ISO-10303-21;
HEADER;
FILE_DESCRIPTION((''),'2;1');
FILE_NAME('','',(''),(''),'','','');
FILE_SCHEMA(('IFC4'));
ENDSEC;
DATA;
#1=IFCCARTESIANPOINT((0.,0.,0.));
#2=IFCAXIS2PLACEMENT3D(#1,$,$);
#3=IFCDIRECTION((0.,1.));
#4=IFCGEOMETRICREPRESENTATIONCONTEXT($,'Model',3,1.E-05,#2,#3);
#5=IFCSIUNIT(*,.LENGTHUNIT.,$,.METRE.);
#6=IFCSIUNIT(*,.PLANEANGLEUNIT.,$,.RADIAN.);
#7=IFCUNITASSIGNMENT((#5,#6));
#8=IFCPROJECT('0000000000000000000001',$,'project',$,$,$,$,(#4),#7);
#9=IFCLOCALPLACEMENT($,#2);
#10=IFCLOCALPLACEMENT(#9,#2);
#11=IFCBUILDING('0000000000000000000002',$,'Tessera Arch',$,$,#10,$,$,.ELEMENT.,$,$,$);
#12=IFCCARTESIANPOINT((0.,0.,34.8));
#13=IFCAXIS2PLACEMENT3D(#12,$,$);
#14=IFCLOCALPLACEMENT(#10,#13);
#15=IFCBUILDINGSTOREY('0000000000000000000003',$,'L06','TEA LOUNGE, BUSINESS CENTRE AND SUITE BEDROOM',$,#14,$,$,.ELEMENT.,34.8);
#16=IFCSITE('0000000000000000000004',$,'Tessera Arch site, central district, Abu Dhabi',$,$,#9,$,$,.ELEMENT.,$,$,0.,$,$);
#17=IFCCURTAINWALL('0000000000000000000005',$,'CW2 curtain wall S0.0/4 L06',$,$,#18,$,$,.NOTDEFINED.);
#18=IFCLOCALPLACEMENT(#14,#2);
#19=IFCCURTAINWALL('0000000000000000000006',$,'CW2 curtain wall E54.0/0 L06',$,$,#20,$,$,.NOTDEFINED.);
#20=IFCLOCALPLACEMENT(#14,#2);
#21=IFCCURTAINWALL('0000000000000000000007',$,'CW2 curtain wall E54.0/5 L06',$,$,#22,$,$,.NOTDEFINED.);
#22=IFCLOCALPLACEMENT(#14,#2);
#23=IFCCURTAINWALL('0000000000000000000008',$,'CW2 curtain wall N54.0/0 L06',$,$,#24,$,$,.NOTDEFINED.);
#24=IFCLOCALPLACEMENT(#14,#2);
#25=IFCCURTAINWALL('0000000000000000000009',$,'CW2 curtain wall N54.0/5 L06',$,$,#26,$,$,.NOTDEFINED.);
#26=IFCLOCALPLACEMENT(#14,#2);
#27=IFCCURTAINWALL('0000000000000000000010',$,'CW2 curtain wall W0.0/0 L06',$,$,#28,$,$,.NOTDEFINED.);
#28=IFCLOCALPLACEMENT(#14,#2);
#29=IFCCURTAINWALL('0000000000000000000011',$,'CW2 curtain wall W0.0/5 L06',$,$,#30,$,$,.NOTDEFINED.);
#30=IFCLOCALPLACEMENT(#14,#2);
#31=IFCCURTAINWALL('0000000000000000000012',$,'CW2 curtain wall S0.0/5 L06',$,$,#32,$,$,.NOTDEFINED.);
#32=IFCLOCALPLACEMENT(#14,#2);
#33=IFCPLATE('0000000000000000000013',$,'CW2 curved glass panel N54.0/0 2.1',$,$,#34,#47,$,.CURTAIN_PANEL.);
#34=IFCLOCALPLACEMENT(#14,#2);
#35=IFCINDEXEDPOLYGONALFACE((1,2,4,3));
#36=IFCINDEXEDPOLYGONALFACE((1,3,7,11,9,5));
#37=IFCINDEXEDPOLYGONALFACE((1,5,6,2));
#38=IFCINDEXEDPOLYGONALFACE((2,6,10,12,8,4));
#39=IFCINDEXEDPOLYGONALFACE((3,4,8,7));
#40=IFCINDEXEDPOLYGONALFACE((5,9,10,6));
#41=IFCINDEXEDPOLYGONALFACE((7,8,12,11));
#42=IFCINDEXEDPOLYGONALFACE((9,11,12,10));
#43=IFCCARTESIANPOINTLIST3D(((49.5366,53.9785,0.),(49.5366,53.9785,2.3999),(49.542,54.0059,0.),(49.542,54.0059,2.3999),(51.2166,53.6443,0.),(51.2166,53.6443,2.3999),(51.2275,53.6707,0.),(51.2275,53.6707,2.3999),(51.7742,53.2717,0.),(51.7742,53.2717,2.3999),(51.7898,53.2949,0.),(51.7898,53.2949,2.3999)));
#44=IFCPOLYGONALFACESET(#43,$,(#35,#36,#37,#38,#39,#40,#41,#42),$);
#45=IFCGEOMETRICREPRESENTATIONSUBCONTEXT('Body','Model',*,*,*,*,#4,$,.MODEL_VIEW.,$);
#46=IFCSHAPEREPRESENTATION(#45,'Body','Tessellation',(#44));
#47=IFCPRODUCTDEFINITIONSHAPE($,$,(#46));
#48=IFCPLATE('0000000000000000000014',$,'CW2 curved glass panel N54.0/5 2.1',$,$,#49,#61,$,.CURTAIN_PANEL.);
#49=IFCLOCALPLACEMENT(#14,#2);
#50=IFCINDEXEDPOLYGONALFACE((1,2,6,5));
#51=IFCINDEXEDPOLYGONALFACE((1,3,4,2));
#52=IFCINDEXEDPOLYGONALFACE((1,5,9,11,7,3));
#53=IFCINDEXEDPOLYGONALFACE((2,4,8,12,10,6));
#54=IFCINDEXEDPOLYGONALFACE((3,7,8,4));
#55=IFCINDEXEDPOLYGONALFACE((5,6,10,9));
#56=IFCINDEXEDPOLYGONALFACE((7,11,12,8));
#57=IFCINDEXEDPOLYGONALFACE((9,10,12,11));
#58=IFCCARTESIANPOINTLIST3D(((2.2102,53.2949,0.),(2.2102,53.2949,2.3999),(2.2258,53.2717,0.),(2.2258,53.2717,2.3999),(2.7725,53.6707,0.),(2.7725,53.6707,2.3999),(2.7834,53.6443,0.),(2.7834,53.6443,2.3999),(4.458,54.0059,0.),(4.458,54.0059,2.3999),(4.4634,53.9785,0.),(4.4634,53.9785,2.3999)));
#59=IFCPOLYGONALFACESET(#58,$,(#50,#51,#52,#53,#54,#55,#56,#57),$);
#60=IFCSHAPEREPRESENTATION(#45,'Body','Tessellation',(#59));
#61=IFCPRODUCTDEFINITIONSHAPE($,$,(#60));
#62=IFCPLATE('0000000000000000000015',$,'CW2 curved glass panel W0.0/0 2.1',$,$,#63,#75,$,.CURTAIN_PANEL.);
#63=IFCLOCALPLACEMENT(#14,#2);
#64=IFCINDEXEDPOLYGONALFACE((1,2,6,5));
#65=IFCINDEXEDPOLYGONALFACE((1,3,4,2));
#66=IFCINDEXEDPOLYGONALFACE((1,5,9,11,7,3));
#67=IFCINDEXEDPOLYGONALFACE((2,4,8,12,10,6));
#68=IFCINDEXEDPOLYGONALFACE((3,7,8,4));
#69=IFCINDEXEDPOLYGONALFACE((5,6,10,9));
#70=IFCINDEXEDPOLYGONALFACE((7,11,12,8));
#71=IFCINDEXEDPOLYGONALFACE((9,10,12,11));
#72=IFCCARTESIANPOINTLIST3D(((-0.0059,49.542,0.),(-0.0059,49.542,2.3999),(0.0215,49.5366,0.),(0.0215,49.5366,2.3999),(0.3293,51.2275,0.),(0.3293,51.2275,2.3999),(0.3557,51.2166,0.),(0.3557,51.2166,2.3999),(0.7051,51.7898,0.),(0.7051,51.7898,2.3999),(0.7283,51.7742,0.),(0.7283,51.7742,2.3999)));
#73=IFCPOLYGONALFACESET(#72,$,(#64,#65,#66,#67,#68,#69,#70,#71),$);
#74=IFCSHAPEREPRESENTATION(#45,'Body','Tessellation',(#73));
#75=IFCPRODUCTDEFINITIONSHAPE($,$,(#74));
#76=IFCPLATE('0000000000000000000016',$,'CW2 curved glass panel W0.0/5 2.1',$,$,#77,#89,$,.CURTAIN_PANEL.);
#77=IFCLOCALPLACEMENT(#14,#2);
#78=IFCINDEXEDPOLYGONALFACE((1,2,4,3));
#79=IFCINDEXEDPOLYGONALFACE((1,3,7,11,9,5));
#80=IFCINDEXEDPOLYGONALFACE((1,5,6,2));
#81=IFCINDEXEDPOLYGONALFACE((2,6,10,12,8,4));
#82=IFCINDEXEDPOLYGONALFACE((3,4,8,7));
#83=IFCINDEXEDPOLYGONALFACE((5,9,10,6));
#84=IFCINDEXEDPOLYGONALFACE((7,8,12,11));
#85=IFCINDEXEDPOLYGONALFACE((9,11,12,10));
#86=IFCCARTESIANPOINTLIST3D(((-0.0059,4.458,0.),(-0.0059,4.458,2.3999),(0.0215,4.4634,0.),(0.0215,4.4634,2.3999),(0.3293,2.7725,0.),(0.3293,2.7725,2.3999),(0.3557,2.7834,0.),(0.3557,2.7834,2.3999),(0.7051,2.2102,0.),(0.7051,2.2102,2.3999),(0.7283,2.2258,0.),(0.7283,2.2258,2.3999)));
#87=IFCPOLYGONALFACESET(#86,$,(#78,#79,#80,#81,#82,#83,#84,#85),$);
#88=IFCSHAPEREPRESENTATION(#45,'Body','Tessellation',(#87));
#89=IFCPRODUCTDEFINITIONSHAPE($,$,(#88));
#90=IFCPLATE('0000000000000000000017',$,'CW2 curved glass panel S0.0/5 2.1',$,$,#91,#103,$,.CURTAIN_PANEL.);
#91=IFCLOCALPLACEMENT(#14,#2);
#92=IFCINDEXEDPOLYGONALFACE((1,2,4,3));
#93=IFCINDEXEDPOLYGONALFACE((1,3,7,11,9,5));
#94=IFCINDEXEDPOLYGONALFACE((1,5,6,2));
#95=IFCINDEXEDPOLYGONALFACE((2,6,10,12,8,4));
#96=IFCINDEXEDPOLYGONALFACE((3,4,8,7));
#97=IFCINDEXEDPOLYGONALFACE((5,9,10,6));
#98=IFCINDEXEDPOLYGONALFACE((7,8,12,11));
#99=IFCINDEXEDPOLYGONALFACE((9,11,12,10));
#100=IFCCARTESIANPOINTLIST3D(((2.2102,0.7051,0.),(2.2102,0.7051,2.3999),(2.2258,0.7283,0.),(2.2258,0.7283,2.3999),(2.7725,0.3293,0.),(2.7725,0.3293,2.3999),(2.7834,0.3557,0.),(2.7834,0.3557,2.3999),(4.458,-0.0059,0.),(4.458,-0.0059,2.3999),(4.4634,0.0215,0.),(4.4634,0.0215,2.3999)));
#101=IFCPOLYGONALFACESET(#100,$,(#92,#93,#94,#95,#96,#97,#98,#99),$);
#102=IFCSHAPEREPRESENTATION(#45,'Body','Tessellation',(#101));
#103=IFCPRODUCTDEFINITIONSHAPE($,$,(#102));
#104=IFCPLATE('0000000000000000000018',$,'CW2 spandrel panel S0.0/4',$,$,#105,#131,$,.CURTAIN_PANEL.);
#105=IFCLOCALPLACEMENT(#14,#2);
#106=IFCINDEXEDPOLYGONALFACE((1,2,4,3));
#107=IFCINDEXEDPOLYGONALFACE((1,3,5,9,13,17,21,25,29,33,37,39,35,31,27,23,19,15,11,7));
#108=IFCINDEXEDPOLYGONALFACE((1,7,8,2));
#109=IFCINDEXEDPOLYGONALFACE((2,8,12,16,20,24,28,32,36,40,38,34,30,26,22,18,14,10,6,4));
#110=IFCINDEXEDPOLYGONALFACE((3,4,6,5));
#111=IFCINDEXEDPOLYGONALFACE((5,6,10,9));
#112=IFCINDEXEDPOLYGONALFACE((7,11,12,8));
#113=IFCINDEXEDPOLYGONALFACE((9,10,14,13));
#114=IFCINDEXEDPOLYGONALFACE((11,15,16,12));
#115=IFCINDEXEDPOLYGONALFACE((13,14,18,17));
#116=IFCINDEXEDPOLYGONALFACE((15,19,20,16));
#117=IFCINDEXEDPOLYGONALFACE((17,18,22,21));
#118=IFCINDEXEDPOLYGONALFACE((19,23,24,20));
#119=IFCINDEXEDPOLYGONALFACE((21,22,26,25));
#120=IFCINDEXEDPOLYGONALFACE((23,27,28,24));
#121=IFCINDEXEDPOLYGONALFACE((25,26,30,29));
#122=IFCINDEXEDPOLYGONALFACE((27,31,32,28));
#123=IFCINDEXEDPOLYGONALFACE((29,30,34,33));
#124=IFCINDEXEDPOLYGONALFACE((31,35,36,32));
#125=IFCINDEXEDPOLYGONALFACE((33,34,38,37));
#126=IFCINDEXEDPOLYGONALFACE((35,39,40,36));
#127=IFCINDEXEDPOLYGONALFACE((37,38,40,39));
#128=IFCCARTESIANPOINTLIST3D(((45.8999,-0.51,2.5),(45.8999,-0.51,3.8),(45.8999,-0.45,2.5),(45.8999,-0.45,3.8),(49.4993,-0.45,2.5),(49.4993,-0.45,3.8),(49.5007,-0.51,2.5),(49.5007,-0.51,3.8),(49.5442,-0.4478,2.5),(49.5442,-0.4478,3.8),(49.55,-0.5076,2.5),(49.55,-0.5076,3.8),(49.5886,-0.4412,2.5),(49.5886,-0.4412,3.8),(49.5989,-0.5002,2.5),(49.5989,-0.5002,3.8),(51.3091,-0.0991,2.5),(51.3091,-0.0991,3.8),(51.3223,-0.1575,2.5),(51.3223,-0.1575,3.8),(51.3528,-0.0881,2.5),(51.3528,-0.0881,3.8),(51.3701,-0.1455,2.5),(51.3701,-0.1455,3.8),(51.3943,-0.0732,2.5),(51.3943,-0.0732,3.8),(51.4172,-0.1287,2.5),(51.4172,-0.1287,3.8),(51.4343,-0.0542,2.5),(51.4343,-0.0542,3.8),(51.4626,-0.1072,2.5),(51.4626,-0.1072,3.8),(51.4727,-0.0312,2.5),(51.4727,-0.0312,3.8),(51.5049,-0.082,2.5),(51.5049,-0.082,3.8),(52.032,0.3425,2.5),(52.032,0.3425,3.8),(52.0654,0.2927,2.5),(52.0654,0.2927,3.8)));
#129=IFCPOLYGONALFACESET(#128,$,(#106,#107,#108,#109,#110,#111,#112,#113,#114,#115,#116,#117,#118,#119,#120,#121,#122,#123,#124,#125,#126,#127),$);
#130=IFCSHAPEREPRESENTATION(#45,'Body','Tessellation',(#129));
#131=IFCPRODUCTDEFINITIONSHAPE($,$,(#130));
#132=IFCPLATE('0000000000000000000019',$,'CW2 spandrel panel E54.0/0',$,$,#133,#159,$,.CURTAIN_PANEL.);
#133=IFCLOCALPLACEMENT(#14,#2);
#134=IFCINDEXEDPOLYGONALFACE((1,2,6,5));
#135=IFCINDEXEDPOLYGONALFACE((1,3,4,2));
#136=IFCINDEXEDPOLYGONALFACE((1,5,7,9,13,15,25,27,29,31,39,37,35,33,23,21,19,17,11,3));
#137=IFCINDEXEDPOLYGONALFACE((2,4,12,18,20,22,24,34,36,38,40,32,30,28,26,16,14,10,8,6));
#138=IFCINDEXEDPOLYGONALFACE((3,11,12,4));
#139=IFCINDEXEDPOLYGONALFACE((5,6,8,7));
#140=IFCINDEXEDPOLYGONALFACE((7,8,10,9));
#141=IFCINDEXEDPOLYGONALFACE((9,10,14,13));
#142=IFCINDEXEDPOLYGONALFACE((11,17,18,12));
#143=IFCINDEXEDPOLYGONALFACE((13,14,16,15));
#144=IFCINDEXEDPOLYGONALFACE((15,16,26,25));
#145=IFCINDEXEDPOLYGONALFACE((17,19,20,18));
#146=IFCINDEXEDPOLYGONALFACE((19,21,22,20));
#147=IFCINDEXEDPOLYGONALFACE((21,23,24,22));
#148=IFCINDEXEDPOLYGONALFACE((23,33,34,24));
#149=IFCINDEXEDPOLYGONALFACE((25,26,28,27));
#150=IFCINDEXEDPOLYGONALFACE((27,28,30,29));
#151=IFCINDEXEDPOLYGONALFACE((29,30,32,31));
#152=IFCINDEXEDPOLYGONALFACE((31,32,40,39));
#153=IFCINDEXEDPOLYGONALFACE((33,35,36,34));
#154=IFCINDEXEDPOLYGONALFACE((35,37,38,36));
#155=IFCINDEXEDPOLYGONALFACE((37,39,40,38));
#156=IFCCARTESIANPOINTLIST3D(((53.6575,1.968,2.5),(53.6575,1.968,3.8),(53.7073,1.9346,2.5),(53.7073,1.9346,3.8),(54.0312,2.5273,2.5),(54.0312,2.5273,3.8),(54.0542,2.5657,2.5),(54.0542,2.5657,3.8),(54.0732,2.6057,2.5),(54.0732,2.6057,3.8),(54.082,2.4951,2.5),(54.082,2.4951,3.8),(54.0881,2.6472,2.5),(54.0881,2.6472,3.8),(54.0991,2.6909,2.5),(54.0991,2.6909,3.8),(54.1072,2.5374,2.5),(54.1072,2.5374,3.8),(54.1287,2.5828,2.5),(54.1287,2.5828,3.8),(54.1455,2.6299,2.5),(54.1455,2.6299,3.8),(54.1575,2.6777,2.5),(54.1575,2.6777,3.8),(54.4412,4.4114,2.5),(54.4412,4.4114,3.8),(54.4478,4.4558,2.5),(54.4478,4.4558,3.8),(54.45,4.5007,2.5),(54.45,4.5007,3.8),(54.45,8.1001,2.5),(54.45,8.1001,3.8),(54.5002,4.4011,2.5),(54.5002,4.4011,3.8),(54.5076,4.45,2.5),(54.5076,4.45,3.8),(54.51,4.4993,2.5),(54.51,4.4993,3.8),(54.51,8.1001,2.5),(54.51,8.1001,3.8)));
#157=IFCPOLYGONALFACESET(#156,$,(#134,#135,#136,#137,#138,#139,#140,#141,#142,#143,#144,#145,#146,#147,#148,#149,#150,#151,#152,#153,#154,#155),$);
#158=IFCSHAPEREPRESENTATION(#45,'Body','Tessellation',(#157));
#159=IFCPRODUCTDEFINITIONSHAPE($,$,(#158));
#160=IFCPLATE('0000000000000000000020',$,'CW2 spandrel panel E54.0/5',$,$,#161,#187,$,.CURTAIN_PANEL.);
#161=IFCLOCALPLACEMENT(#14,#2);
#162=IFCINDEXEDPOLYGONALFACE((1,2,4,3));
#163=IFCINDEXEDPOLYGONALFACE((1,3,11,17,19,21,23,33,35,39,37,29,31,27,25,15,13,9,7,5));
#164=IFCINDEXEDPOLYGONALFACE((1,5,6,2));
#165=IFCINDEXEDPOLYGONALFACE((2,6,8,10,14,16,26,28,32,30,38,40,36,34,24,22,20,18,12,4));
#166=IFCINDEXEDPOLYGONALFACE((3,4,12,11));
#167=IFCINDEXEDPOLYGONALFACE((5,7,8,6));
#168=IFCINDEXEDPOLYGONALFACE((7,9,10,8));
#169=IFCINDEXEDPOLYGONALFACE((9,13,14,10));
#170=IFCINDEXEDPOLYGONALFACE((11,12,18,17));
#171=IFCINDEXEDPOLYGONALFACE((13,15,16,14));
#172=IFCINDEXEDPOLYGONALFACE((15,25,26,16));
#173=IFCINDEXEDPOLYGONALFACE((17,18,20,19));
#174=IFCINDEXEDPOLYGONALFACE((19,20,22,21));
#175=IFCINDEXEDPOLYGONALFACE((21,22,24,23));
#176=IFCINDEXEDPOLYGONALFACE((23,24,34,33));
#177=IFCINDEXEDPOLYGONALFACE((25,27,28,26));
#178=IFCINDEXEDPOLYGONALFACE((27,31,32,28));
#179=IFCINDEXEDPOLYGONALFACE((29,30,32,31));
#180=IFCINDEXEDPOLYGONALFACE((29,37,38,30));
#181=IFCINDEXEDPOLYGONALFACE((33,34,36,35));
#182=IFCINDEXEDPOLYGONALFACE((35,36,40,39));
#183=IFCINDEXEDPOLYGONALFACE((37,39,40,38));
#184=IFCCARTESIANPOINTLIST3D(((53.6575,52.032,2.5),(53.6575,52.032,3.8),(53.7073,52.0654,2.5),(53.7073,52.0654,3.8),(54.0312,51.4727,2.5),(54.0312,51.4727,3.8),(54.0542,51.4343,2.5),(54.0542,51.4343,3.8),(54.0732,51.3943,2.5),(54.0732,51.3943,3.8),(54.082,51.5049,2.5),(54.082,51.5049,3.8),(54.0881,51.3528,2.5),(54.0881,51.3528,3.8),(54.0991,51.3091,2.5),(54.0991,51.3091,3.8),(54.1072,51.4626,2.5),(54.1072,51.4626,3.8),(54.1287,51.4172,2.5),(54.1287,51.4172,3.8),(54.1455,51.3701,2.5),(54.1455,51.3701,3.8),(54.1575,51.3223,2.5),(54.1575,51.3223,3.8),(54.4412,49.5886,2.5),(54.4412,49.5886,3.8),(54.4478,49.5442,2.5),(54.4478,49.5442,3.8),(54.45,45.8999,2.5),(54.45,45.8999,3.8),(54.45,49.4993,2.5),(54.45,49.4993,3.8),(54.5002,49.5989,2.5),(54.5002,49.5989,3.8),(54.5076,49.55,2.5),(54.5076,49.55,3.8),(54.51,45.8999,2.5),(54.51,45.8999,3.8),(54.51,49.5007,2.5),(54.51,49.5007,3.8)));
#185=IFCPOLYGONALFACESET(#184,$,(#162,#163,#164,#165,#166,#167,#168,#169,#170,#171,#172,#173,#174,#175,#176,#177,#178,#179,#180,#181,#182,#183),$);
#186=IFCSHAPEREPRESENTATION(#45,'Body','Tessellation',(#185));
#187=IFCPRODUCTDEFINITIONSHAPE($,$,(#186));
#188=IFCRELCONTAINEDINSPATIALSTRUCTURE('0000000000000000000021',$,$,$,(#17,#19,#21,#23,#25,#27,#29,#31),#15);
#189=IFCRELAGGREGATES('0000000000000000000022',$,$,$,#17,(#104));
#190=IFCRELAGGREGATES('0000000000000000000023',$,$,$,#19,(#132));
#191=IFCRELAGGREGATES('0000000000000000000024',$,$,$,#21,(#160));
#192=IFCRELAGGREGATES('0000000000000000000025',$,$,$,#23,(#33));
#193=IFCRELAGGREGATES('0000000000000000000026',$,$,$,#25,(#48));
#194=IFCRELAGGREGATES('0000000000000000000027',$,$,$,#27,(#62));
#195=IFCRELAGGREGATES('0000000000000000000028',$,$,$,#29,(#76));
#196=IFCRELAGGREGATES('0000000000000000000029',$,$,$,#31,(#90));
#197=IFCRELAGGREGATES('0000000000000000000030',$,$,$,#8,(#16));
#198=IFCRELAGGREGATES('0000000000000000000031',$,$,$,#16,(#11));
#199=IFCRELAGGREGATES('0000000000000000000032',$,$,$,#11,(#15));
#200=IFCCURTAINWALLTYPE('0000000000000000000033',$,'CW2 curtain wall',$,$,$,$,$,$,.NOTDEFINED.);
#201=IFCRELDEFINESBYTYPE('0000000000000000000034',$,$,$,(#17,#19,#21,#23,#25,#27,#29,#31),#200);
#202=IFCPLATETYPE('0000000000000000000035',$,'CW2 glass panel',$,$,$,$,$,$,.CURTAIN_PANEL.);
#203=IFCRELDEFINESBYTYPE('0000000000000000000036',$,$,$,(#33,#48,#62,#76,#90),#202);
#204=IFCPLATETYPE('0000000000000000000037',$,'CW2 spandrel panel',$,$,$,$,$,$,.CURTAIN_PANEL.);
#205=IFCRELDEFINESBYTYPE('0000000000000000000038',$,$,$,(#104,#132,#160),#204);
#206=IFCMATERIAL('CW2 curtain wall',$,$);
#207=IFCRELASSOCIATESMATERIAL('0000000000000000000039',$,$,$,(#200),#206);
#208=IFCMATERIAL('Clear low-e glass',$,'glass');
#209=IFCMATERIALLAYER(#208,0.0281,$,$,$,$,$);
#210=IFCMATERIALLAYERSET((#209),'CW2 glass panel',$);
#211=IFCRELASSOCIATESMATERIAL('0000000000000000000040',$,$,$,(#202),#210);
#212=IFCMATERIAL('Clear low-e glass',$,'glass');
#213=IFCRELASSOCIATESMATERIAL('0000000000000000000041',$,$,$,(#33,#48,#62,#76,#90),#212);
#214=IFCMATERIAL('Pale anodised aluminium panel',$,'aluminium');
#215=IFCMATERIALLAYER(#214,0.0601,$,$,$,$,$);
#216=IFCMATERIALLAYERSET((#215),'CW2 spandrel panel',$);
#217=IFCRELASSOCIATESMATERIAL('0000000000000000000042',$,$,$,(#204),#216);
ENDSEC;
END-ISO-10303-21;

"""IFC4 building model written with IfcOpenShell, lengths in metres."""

from ifc_helpers import new_model, si_unit, direction, frame, origin, place, context, subcontext, project, spatial, polyline, outline, extrude, material, layer, layer_set, type_object, element, aggregate, save


model = new_model("IFC4")

# Units and contexts
model_context = context("Model", 3, precision=1e-05, world=origin(), true_north=direction((0.0, 1.0)))
body_context = subcontext(model_context, "Body", "Model", "MODEL_VIEW")
ifc_project = project(units=[si_unit("LENGTHUNIT", "METRE"), si_unit("PLANEANGLEUNIT", "RADIAN")], contexts=[model_context])

# Site, building, storey
site_placement = place(None, origin())
site = spatial("IfcSite", under=ifc_project, at=site_placement, Name="Tessera Arch site, central district, Abu Dhabi", CompositionType="ELEMENT", RefElevation=0.0)
building_placement = place(site_placement, origin())
building = spatial("IfcBuilding", under=site, at=building_placement, Name="Tessera Arch", CompositionType="ELEMENT")
storey_placement = place(building_placement, frame((0.0, 0.0, 34.8)))
storey = spatial("IfcBuildingStorey", under=building, at=storey_placement, Name="L06", Description="TEA LOUNGE, BUSINESS CENTRE AND SUITE BEDROOM", CompositionType="ELEMENT", Elevation=34.8)

# Curtain walls
ifc_material_1 = material(Name="CW2 curtain wall")
curtain_wall_type = type_object("IfcCurtainWallType", Name="CW2 curtain wall", PredefinedType="NOTDEFINED", material=ifc_material_1)
curtain_wall_1_placement = place(storey_placement, origin())
curtain_wall_1 = element("IfcCurtainWall", 1, at=curtain_wall_1_placement, inside=storey, type_object=curtain_wall_type, Name="CW2 curtain wall S0.0/4 L06", PredefinedType="NOTDEFINED")
curtain_wall_2_placement = place(storey_placement, origin())
curtain_wall_2 = element("IfcCurtainWall", 2, at=curtain_wall_2_placement, inside=storey, type_object=curtain_wall_type, Name="CW2 curtain wall E54.0/0 L06", PredefinedType="NOTDEFINED")
curtain_wall_3_placement = place(storey_placement, origin())
curtain_wall_3 = element("IfcCurtainWall", 3, at=curtain_wall_3_placement, inside=storey, type_object=curtain_wall_type, Name="CW2 curtain wall E54.0/5 L06", PredefinedType="NOTDEFINED")
curtain_wall_4_placement = place(storey_placement, origin())
curtain_wall_4 = element("IfcCurtainWall", 4, at=curtain_wall_4_placement, inside=storey, type_object=curtain_wall_type, Name="CW2 curtain wall N54.0/0 L06", PredefinedType="NOTDEFINED")
curtain_wall_5_placement = place(storey_placement, origin())
curtain_wall_5 = element("IfcCurtainWall", 5, at=curtain_wall_5_placement, inside=storey, type_object=curtain_wall_type, Name="CW2 curtain wall N54.0/5 L06", PredefinedType="NOTDEFINED")
curtain_wall_6_placement = place(storey_placement, origin())
curtain_wall_6 = element("IfcCurtainWall", 6, at=curtain_wall_6_placement, inside=storey, type_object=curtain_wall_type, Name="CW2 curtain wall W0.0/0 L06", PredefinedType="NOTDEFINED")
curtain_wall_7_placement = place(storey_placement, origin())
curtain_wall_7 = element("IfcCurtainWall", 7, at=curtain_wall_7_placement, inside=storey, type_object=curtain_wall_type, Name="CW2 curtain wall W0.0/5 L06", PredefinedType="NOTDEFINED")
curtain_wall_8_placement = place(storey_placement, origin())
curtain_wall_8 = element("IfcCurtainWall", 8, at=curtain_wall_8_placement, inside=storey, type_object=curtain_wall_type, Name="CW2 curtain wall S0.0/5 L06", PredefinedType="NOTDEFINED")

# Plates
ifc_material_2 = material(Name="Clear low-e glass", Category="glass")
ifc_material_3 = material(Name="Clear low-e glass", Category="glass")
ifc_layer_1 = layer(ifc_material_3, 0.0281)
ifc_layer_set_1 = layer_set([ifc_layer_1], Name="CW2 glass panel")
plate_type_1 = type_object("IfcPlateType", Name="CW2 glass panel", PredefinedType="CURTAIN_PANEL", material=ifc_layer_set_1)
plate_1_placement = place(storey_placement, origin())
plate_1 = element("IfcPlate", 9, at=plate_1_placement, type_object=plate_type_1, material=ifc_material_2, Name="CW2 curved glass panel N54.0/0 2.1", PredefinedType="CURTAIN_PANEL", context=body_context, shape_type="SweptSolid", body=[
    extrude(outline(polyline([(51.2166, 53.6443), (51.7742, 53.2717), (51.7898, 53.2949), (51.2275, 53.6707), (49.542, 54.0059), (49.5366, 53.9785), (51.2166, 53.6443)])), origin(), (0.0, 0.0, 1.0), 2.3999),
])
plate_2_placement = place(storey_placement, origin())
plate_2 = element("IfcPlate", 10, at=plate_2_placement, type_object=plate_type_1, material=ifc_material_2, Name="CW2 curved glass panel N54.0/5 2.1", PredefinedType="CURTAIN_PANEL", context=body_context, shape_type="SweptSolid", body=[
    extrude(outline(polyline([(2.7834, 53.6443), (4.4634, 53.9785), (4.458, 54.0059), (2.7725, 53.6707), (2.2102, 53.2949), (2.2258, 53.2717), (2.7834, 53.6443)])), origin(), (0.0, 0.0, 1.0), 2.3999),
])
plate_3_placement = place(storey_placement, origin())
plate_3 = element("IfcPlate", 11, at=plate_3_placement, type_object=plate_type_1, material=ifc_material_2, Name="CW2 curved glass panel W0.0/0 2.1", PredefinedType="CURTAIN_PANEL", context=body_context, shape_type="SweptSolid", body=[
    extrude(outline(polyline([(0.3557, 51.2166), (0.7283, 51.7742), (0.7051, 51.7898), (0.3293, 51.2275), (-0.0059, 49.542), (0.0215, 49.5366), (0.3557, 51.2166)])), origin(), (0.0, 0.0, 1.0), 2.3999),
])
plate_4_placement = place(storey_placement, origin())
plate_4 = element("IfcPlate", 12, at=plate_4_placement, type_object=plate_type_1, material=ifc_material_2, Name="CW2 curved glass panel W0.0/5 2.1", PredefinedType="CURTAIN_PANEL", context=body_context, shape_type="SweptSolid", body=[
    extrude(outline(polyline([(0.3557, 2.7834), (0.0215, 4.4634), (-0.0059, 4.458), (0.3293, 2.7725), (0.7051, 2.2102), (0.7283, 2.2258), (0.3557, 2.7834)])), origin(), (0.0, 0.0, 1.0), 2.3999),
])
plate_5_placement = place(storey_placement, origin())
plate_5 = element("IfcPlate", 13, at=plate_5_placement, type_object=plate_type_1, material=ifc_material_2, Name="CW2 curved glass panel S0.0/5 2.1", PredefinedType="CURTAIN_PANEL", context=body_context, shape_type="SweptSolid", body=[
    extrude(outline(polyline([(2.7834, 0.3557), (2.2258, 0.7283), (2.2102, 0.7051), (2.7725, 0.3293), (4.458, -0.0059), (4.4634, 0.0215), (2.7834, 0.3557)])), origin(), (0.0, 0.0, 1.0), 2.3999),
])
ifc_material_4 = material(Name="Pale anodised aluminium panel", Category="aluminium")
ifc_layer_2 = layer(ifc_material_4, 0.0601)
ifc_layer_set_2 = layer_set([ifc_layer_2], Name="CW2 spandrel panel")
plate_type_2 = type_object("IfcPlateType", Name="CW2 spandrel panel", PredefinedType="CURTAIN_PANEL", material=ifc_layer_set_2)
plate_6_placement = place(storey_placement, frame((0.0, 0.0, 2.5)))
plate_6 = element("IfcPlate", 14, at=plate_6_placement, type_object=plate_type_2, Name="CW2 spandrel panel S0.0/4", PredefinedType="CURTAIN_PANEL", context=body_context, shape_type="SweptSolid", body=[
    extrude(outline(polyline([(49.4993, -0.45), (45.8999, -0.45), (45.8999, -0.51), (49.5007, -0.51), (49.55, -0.5076), (49.5989, -0.5002), (51.3223, -0.1575), (51.3701, -0.1455), (51.4172, -0.1287), (51.4626, -0.1072), (51.5049, -0.082), (52.0654, 0.2927), (52.032, 0.3425), (51.4727, -0.0312), (51.4343, -0.0542), (51.3943, -0.0732), (51.3528, -0.0881), (51.3091, -0.0991), (49.5886, -0.4412), (49.5442, -0.4478), (49.4993, -0.45)])), origin(), (0.0, 0.0, 1.0), 1.3),
])
aggregate(curtain_wall_1, [plate_6])
plate_7_placement = place(storey_placement, frame((0.0, 0.0, 2.5)))
plate_7 = element("IfcPlate", 15, at=plate_7_placement, type_object=plate_type_2, Name="CW2 spandrel panel E54.0/0", PredefinedType="CURTAIN_PANEL", context=body_context, shape_type="SweptSolid", body=[
    extrude(outline(polyline([(54.0312, 2.5273), (53.6575, 1.968), (53.7073, 1.9346), (54.082, 2.4951), (54.1072, 2.5374), (54.1287, 2.5828), (54.1455, 2.6299), (54.1575, 2.6777), (54.5002, 4.4011), (54.5076, 4.45), (54.51, 4.4993), (54.51, 8.1001), (54.45, 8.1001), (54.45, 4.5007), (54.4478, 4.4558), (54.4412, 4.4114), (54.0991, 2.6909), (54.0881, 2.6472), (54.0732, 2.6057), (54.0542, 2.5657), (54.0312, 2.5273)])), origin(), (0.0, 0.0, 1.0), 1.3),
])
aggregate(curtain_wall_2, [plate_7])
plate_8_placement = place(storey_placement, frame((0.0, 0.0, 2.5)))
plate_8 = element("IfcPlate", 16, at=plate_8_placement, type_object=plate_type_2, Name="CW2 spandrel panel E54.0/5", PredefinedType="CURTAIN_PANEL", context=body_context, shape_type="SweptSolid", body=[
    extrude(outline(polyline([(54.45, 49.4993), (54.45, 45.8999), (54.51, 45.8999), (54.51, 49.5007), (54.5076, 49.55), (54.5002, 49.5989), (54.1575, 51.3223), (54.1455, 51.3701), (54.1287, 51.4172), (54.1072, 51.4626), (54.082, 51.5049), (53.7073, 52.0654), (53.6575, 52.032), (54.0312, 51.4727), (54.0542, 51.4343), (54.0732, 51.3943), (54.0881, 51.3528), (54.0991, 51.3091), (54.4412, 49.5886), (54.4478, 49.5442), (54.45, 49.4993)])), origin(), (0.0, 0.0, 1.0), 1.3),
])
aggregate(curtain_wall_3, [plate_8])
aggregate(curtain_wall_4, [plate_1])
aggregate(curtain_wall_5, [plate_2])
aggregate(curtain_wall_6, [plate_3])
aggregate(curtain_wall_7, [plate_4])
aggregate(curtain_wall_8, [plate_5])

save(model, "model.ifc")
